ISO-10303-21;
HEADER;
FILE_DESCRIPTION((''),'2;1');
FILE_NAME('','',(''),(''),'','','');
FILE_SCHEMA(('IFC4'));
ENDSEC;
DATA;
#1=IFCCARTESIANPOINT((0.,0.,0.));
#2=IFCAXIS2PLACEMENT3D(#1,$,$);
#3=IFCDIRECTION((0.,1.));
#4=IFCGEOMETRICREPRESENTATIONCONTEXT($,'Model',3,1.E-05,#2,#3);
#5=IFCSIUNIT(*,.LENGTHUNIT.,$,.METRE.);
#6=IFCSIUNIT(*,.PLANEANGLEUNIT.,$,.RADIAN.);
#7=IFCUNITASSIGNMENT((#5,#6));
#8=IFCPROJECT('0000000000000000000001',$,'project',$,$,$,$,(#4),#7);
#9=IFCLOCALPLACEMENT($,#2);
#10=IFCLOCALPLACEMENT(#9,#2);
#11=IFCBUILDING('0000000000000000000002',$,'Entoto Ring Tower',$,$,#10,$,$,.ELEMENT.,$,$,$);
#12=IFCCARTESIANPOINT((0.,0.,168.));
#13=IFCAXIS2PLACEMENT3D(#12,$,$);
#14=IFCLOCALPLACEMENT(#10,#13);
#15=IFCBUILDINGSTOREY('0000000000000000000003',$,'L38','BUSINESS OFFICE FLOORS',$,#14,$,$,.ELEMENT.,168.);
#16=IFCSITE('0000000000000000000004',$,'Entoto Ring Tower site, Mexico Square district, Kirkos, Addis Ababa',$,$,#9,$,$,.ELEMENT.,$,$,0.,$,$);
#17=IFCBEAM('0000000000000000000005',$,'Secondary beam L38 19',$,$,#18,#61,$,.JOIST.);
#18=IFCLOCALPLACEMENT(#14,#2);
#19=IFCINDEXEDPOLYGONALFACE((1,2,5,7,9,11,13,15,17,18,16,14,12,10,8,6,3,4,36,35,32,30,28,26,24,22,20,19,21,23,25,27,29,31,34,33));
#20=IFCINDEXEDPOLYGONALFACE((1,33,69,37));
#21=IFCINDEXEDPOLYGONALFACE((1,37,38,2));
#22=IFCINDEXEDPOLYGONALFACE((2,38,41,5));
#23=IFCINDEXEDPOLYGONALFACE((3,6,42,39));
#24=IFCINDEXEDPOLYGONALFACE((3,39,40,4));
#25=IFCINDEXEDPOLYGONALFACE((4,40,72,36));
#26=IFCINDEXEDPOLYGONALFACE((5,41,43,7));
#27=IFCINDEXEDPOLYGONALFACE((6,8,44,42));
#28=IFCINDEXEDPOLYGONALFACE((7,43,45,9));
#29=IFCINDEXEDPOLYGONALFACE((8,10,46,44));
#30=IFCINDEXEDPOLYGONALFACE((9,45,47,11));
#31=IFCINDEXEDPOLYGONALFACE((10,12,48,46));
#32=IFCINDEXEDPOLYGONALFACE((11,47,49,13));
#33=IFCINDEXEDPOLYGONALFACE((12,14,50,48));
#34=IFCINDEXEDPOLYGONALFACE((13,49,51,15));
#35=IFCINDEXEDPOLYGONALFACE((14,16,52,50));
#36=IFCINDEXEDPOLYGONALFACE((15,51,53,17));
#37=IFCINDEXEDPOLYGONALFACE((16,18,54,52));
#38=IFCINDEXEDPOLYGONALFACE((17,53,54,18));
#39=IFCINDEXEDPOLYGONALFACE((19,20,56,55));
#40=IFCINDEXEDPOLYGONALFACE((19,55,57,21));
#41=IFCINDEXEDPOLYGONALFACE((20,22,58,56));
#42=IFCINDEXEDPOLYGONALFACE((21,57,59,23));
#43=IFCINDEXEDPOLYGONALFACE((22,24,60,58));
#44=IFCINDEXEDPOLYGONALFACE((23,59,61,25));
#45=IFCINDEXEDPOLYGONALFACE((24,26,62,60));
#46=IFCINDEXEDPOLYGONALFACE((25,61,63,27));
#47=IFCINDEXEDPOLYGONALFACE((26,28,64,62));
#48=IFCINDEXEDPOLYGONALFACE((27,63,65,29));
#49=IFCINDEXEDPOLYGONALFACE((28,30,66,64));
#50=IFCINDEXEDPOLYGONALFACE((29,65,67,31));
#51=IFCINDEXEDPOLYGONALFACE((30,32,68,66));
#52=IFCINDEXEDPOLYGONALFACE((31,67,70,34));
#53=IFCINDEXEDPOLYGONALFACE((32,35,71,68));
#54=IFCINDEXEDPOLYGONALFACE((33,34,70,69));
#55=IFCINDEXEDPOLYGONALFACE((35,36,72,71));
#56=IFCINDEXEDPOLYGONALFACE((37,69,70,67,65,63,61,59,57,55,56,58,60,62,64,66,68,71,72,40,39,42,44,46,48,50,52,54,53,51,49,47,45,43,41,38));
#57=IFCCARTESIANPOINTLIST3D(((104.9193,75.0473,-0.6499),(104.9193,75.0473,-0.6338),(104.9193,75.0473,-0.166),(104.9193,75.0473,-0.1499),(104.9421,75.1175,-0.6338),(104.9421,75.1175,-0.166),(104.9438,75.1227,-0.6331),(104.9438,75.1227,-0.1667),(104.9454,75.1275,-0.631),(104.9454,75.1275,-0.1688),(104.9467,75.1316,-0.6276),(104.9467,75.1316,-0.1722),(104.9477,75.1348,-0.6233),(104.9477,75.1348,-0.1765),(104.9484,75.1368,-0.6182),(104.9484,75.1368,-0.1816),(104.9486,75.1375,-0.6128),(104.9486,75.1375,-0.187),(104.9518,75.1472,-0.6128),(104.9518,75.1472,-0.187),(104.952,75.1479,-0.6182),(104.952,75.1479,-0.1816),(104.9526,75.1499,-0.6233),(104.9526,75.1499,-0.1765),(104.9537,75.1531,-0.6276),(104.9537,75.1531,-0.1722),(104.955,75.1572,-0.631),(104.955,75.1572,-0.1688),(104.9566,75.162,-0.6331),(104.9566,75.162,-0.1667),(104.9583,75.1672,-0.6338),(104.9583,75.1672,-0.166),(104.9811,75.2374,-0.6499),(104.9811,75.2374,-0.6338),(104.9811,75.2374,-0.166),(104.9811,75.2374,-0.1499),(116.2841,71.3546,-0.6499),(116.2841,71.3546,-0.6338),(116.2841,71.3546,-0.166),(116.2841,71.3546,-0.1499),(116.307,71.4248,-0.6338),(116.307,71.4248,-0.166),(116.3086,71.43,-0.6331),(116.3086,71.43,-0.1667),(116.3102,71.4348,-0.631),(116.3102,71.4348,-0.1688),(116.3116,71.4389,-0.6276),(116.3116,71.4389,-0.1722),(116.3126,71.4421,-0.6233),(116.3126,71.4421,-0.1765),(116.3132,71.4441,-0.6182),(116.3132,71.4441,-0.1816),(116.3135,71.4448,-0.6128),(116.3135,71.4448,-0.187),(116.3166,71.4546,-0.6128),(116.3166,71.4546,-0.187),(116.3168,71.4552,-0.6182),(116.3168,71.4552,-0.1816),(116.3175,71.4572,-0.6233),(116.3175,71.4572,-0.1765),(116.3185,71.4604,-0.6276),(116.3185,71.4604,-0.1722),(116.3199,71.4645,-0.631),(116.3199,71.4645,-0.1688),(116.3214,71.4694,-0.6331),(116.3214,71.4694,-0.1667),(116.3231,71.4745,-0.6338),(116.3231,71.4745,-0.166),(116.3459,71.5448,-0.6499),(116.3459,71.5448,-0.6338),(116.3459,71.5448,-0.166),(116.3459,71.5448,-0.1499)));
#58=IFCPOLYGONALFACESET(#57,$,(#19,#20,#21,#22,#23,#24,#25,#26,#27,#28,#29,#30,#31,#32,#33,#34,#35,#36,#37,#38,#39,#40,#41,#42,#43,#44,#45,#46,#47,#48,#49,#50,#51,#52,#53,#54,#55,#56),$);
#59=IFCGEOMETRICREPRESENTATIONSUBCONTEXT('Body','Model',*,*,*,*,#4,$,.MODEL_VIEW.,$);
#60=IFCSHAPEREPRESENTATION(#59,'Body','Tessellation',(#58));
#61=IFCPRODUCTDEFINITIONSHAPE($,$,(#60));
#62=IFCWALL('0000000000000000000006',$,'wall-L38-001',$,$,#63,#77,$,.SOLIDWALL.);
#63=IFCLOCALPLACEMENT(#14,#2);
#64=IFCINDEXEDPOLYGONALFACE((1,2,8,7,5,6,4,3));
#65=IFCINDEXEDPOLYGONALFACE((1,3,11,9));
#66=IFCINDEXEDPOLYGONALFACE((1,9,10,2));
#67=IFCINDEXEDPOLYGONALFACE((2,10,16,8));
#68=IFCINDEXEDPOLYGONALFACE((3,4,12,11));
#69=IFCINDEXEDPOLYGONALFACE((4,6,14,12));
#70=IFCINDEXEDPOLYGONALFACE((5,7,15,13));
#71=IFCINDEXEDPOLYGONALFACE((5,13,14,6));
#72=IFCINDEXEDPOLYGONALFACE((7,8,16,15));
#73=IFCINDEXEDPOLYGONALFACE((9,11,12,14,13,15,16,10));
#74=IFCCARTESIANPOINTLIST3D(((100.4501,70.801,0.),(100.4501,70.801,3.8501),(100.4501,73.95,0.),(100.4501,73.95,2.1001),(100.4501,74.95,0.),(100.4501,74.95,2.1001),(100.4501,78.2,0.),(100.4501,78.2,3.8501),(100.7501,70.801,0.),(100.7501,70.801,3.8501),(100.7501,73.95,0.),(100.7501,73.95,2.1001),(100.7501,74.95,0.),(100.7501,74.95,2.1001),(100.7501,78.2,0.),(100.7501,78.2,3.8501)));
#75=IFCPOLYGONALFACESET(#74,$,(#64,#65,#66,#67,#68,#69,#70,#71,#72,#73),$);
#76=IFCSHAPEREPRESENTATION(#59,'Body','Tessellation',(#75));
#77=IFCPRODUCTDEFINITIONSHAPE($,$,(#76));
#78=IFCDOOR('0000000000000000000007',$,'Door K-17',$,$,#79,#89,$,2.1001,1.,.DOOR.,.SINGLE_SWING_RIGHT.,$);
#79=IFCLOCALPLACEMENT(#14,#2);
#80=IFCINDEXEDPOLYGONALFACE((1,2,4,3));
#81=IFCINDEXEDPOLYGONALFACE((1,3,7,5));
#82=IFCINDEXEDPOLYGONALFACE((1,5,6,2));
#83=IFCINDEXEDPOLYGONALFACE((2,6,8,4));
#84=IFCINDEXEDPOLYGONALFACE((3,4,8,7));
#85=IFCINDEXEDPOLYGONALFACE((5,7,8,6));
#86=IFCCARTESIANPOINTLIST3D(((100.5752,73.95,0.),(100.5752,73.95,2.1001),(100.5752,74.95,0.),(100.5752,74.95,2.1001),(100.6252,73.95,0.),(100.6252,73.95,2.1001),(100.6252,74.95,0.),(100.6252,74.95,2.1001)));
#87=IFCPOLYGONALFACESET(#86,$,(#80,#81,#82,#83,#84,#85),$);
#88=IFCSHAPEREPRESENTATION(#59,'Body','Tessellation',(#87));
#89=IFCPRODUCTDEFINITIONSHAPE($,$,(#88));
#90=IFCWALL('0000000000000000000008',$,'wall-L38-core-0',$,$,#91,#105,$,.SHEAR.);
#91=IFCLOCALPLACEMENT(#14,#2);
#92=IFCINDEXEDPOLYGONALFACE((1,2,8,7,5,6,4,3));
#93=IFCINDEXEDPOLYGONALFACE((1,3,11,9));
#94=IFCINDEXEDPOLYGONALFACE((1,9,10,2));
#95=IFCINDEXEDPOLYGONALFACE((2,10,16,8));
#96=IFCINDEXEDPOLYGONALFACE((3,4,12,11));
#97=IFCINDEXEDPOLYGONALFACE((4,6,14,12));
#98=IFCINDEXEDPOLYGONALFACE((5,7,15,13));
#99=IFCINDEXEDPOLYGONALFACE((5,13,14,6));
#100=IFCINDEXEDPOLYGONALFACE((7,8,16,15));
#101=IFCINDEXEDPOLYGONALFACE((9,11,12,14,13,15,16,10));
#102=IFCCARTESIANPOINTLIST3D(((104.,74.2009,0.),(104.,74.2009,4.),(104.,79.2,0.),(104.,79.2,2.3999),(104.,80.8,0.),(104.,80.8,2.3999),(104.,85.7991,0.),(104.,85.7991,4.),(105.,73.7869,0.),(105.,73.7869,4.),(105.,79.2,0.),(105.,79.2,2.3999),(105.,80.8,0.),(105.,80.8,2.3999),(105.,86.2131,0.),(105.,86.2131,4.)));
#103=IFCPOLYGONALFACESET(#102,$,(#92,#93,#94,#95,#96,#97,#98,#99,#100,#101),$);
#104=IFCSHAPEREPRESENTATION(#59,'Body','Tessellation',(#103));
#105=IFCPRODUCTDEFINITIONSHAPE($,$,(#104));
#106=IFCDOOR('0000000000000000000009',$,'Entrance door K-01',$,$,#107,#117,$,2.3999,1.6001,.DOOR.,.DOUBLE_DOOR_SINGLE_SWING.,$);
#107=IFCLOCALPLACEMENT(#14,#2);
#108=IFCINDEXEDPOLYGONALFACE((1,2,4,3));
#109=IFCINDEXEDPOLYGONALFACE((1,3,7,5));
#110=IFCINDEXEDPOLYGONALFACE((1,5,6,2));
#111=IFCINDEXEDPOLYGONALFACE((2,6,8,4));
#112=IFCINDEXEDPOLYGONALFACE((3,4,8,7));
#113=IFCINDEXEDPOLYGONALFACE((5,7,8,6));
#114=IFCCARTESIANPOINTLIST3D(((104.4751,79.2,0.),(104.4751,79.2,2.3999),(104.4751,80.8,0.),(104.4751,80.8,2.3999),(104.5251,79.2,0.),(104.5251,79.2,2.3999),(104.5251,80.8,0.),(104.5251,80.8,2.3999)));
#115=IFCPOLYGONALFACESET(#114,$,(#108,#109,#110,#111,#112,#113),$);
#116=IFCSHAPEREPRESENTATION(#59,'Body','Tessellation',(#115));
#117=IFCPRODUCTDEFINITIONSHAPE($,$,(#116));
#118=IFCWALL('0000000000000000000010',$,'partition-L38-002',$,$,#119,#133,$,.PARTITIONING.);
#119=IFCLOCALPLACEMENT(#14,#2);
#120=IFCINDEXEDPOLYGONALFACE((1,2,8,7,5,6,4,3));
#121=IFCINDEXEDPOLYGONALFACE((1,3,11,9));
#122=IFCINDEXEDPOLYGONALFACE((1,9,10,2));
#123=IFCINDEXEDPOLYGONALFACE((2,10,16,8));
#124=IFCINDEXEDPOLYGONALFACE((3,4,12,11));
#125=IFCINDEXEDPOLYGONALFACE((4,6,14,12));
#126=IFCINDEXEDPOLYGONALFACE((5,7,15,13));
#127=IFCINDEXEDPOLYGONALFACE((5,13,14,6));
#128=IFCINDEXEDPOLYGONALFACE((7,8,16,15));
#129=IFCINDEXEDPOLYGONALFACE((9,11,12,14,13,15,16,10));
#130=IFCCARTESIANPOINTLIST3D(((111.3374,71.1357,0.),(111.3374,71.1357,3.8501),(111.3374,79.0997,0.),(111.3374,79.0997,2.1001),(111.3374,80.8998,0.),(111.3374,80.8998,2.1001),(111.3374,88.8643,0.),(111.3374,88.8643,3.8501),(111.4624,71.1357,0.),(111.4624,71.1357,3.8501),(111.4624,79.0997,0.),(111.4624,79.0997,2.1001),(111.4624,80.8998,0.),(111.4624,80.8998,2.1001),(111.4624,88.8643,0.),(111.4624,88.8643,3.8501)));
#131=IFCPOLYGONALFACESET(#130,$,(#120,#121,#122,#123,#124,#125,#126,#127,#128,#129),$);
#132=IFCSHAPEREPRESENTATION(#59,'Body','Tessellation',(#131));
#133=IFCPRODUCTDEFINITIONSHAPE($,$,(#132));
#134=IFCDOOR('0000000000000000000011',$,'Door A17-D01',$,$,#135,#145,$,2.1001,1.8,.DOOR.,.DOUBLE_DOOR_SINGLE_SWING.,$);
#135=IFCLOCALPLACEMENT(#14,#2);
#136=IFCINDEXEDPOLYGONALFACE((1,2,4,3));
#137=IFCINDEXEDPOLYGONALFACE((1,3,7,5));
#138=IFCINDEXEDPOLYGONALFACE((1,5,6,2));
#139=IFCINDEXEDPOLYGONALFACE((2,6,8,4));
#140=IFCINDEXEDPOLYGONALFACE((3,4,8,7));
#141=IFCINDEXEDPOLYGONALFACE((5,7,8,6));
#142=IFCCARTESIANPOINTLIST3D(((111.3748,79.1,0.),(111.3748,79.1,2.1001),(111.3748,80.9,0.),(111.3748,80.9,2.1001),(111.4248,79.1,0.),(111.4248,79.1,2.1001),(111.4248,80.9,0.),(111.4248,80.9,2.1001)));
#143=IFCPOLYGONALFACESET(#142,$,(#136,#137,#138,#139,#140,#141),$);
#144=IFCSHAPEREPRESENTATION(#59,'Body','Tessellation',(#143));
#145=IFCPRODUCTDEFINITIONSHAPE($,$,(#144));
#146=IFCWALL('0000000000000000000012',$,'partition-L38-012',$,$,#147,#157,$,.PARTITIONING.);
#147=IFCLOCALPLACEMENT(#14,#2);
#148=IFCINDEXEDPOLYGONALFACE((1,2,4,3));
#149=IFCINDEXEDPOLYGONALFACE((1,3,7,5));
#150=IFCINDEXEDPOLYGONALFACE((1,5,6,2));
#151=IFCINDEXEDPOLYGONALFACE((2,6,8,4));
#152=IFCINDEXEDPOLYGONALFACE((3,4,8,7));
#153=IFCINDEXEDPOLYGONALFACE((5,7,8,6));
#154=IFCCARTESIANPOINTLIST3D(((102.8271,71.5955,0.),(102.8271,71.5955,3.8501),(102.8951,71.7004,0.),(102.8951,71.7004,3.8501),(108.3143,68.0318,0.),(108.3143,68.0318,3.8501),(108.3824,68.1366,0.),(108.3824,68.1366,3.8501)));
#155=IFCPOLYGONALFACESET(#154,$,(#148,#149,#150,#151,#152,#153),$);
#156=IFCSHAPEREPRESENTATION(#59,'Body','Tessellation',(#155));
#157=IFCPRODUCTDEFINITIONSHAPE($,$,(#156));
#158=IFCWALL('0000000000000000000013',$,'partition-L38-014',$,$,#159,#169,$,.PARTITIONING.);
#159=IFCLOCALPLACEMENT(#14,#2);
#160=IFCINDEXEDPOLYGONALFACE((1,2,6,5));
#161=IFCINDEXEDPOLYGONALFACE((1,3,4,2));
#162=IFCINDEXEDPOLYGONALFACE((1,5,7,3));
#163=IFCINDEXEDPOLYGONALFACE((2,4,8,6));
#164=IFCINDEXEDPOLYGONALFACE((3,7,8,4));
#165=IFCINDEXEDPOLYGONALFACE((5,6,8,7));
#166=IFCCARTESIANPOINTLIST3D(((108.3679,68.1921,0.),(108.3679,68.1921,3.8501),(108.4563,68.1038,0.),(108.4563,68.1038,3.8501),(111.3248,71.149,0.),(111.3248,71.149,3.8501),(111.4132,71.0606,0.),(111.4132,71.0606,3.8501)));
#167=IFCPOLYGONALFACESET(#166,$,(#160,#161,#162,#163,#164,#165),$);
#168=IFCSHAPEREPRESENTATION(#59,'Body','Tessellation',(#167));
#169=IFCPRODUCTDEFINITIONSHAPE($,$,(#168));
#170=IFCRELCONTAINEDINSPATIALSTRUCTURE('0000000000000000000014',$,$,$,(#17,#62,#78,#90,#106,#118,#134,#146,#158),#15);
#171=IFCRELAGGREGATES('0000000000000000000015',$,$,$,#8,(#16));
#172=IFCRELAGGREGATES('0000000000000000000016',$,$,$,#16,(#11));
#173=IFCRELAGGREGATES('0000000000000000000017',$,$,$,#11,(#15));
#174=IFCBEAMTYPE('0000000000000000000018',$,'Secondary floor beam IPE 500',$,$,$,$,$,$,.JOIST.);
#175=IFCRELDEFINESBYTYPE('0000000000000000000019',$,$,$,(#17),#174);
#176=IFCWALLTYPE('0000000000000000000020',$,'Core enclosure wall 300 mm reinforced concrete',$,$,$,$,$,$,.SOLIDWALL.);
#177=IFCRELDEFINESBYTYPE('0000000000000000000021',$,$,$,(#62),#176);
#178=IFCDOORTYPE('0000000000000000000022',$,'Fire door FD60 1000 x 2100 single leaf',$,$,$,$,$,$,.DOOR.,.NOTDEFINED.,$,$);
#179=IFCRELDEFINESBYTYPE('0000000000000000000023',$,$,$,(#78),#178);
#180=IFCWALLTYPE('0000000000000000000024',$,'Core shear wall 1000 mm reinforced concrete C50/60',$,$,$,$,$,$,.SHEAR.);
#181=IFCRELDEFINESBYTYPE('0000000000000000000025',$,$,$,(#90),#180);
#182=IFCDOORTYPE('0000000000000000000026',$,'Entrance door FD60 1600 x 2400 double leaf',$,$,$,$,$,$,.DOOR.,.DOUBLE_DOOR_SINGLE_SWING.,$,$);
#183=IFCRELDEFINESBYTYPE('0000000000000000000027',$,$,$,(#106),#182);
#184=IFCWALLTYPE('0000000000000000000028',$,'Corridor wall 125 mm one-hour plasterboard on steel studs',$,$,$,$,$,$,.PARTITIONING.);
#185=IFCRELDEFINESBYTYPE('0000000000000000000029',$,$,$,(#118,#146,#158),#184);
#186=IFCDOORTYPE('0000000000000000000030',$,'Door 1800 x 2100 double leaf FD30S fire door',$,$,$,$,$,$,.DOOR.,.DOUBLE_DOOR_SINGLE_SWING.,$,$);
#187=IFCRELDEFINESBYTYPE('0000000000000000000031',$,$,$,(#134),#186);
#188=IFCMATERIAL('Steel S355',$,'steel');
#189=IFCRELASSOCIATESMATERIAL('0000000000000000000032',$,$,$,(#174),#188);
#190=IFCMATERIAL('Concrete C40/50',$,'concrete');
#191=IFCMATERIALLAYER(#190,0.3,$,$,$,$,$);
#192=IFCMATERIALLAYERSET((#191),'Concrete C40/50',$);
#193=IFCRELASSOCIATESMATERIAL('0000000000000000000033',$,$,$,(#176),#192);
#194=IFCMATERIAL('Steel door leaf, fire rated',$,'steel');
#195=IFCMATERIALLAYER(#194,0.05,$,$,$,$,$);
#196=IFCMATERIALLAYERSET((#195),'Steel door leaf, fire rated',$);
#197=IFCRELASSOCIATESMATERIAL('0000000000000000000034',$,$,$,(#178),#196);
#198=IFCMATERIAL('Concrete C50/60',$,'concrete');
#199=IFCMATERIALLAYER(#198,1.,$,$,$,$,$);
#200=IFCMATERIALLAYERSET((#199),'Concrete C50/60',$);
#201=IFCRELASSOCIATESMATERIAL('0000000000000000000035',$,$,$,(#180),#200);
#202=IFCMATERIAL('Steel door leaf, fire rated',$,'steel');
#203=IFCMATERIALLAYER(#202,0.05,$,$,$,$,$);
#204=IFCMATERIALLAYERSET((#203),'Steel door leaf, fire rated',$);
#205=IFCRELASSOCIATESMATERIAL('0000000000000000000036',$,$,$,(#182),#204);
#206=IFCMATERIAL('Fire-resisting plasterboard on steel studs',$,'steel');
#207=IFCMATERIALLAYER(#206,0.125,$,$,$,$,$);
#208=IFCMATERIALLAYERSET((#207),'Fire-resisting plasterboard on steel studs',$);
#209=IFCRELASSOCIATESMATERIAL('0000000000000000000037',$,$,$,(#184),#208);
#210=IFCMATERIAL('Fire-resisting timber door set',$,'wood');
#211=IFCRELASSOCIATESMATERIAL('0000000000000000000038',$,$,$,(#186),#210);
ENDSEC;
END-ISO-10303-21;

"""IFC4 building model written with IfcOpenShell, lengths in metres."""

from ifc_helpers import new_model, si_unit, direction, frame, frame_2d, origin, origin_2d, place, context, subcontext, project, spatial, polyline, rectangle, i_section, outline, extrude, material, layer, layer_set, material_profile, profile_set, type_object, element, fill, save


model = new_model("IFC4")

# Units and contexts
model_context = context("Model", 3, precision=1e-05, world=origin(), true_north=direction((0.0, 1.0)))
body_context = subcontext(model_context, "Body", "Model", "MODEL_VIEW")
ifc_project = project(units=[si_unit("LENGTHUNIT", "METRE"), si_unit("PLANEANGLEUNIT", "RADIAN")], contexts=[model_context])

# Site, building, storey
site_placement = place(None, origin())
site = spatial("IfcSite", under=ifc_project, at=site_placement, Name="Entoto Ring Tower site, Mexico Square district, Kirkos, Addis Ababa", CompositionType="ELEMENT", RefElevation=0.0)
building_placement = place(site_placement, origin())
building = spatial("IfcBuilding", under=site, at=building_placement, Name="Entoto Ring Tower", CompositionType="ELEMENT")
storey_placement = place(building_placement, frame((0.0, 0.0, 168.0)))
storey = spatial("IfcBuildingStorey", under=building, at=storey_placement, Name="L38", Description="BUSINESS OFFICE FLOORS", CompositionType="ELEMENT", Elevation=168.0)

# Beam
ifc_material_1 = material(Name="Steel S355", Category="steel")
ifc_material_profile_1 = material_profile(ifc_material_1, i_section(OverallWidth=0.2, OverallDepth=0.5, WebThickness=0.0103, FlangeThickness=0.0161, FilletRadius=0.021, at=origin_2d()), Name="IPE 500")
ifc_profile_set_1 = profile_set([ifc_material_profile_1], Name="Steel S355")
beam_type_1 = type_object("IfcBeamType", Name="Secondary floor beam IPE 500", PredefinedType="JOIST", material=ifc_profile_set_1)
beam_1_placement = place(storey_placement, frame((104.9502, 75.1423, -0.3999), z_axis=(0.951057, -0.309017, 0.0), x_axis=(0.309017, 0.951057, 0.0)))
element("IfcBeam", 1, at=beam_1_placement, inside=storey, type_object=beam_type_1, Name="Secondary beam L38 19", PredefinedType="JOIST", context=body_context, shape_type="SweptSolid", body=[
    extrude(i_section(OverallWidth=0.2, OverallDepth=0.5, WebThickness=0.0103, FlangeThickness=0.0161, FilletRadius=0.021, at=origin_2d()), origin(), (0.0, 0.0, 1.0), 11.9497),
])

# Walls, openings, doors
ifc_material_2 = material(Name="Concrete C40/50", Category="concrete")
ifc_layer_1 = layer(ifc_material_2, 0.3)
ifc_layer_set_1 = layer_set([ifc_layer_1], Name="Concrete C40/50")
wall_type_1 = type_object("IfcWallType", Name="Core enclosure wall 300 mm reinforced concrete", PredefinedType="SOLIDWALL", material=ifc_layer_set_1)
wall_1_placement = place(storey_placement, frame((100.6001, 70.801, 0.0), z_axis=(0.0, 0.0, 1.0), x_axis=(0.0, 1.0, 0.0)))
wall_1 = element("IfcWall", 2, at=wall_1_placement, inside=storey, type_object=wall_type_1, Name="wall-L38-001", PredefinedType="SOLIDWALL", context=body_context, shape_type="SweptSolid", body=[
    extrude(rectangle(XDim=7.3989, YDim=0.3, at=frame_2d((3.6995, 0.0))), origin(), (0.0, 0.0, 1.0), 3.8501),
])
opening_1_placement = place(wall_1_placement, frame((3.1489, 0.0, 0.0)))
opening_1 = element("IfcOpeningElement", 3, at=opening_1_placement, cuts=wall_1, PredefinedType="OPENING", context=body_context, shape_type="SweptSolid", body=[
    extrude(rectangle(XDim=1.0, YDim=2.1001, at=frame_2d((0.5, 1.05))), frame((0.0, 0.1602, 0.0), z_axis=(0.0, -1.0, 0.0), x_axis=(1.0, 0.0, 0.0)), (0.0, 0.0, 1.0), 0.3201),
])
ifc_material_3 = material(Name="Steel door leaf, fire rated", Category="steel")
ifc_layer_2 = layer(ifc_material_3, 0.05)
ifc_layer_set_2 = layer_set([ifc_layer_2], Name="Steel door leaf, fire rated")
door_type_1 = type_object("IfcDoorType", Name="Fire door FD60 1000 x 2100 single leaf", OperationType="NOTDEFINED", PredefinedType="DOOR", material=ifc_layer_set_2)
door_1_placement = place(opening_1_placement, origin())
door_1 = element("IfcDoor", 4, at=door_1_placement, inside=storey, type_object=door_type_1, Name="Door K-17", OperationType="SINGLE_SWING_RIGHT", OverallHeight=2.1001, OverallWidth=1.0, PredefinedType="DOOR", context=body_context, shape_type="SweptSolid", body=[
    extrude(rectangle(XDim=1.0, YDim=2.1001, at=frame_2d((0.5, 1.05))), frame((0.0, 0.0249, 0.0), z_axis=(0.0, -1.0, 0.0), x_axis=(1.0, 0.0, 0.0)), (0.0, 0.0, 1.0), 0.05),
])
fill(opening_1, door_1)
ifc_material_4 = material(Name="Concrete C50/60", Category="concrete")
ifc_layer_3 = layer(ifc_material_4, 1.0)
ifc_layer_set_3 = layer_set([ifc_layer_3], Name="Concrete C50/60")
wall_type_2 = type_object("IfcWallType", Name="Core shear wall 1000 mm reinforced concrete C50/60", PredefinedType="SHEAR", material=ifc_layer_set_3)
wall_2_placement = place(storey_placement, frame((104.5, 73.9939, 0.0), z_axis=(0.0, 0.0, 1.0), x_axis=(0.0, 1.0, 0.0)))
wall_2 = element("IfcWall", 5, at=wall_2_placement, inside=storey, type_object=wall_type_2, Name="wall-L38-core-0", PredefinedType="SHEAR", context=body_context, shape_type="SweptSolid", body=[
    extrude(outline(polyline([(-0.207, -0.5), (12.2192, -0.5), (11.8052, 0.5), (0.207, 0.5), (-0.207, -0.5)])), origin(), (0.0, 0.0, 1.0), 4.0),
])
opening_2_placement = place(wall_2_placement, frame((5.2061, 0.0, 0.0)))
opening_2 = element("IfcOpeningElement", 6, at=opening_2_placement, cuts=wall_2, PredefinedType="OPENING", context=body_context, shape_type="SweptSolid", body=[
    extrude(rectangle(XDim=1.6001, YDim=2.3999, at=frame_2d((0.8, 1.2))), frame((0.0, 0.51, 0.0), z_axis=(0.0, -1.0, 0.0), x_axis=(1.0, 0.0, 0.0)), (0.0, 0.0, 1.0), 1.02),
])
ifc_material_5 = material(Name="Steel door leaf, fire rated", Category="steel")
ifc_layer_4 = layer(ifc_material_5, 0.05)
ifc_layer_set_4 = layer_set([ifc_layer_4], Name="Steel door leaf, fire rated")
door_type_2 = type_object("IfcDoorType", Name="Entrance door FD60 1600 x 2400 double leaf", OperationType="DOUBLE_DOOR_SINGLE_SWING", PredefinedType="DOOR", material=ifc_layer_set_4)
door_2_placement = place(opening_2_placement, origin())
door_2 = element("IfcDoor", 7, at=door_2_placement, inside=storey, type_object=door_type_2, Name="Entrance door K-01", OperationType="DOUBLE_DOOR_SINGLE_SWING", OverallHeight=2.3999, OverallWidth=1.6001, PredefinedType="DOOR", context=body_context, shape_type="SweptSolid", body=[
    extrude(rectangle(XDim=1.6001, YDim=2.3999, at=frame_2d((0.8, 1.2))), frame((0.0, 0.0249, 0.0), z_axis=(0.0, -1.0, 0.0), x_axis=(1.0, 0.0, 0.0)), (0.0, 0.0, 1.0), 0.05),
])
fill(opening_2, door_2)
ifc_material_6 = material(Name="Fire-resisting plasterboard on steel studs", Category="steel")
ifc_layer_5 = layer(ifc_material_6, 0.125)
ifc_layer_set_5 = layer_set([ifc_layer_5], Name="Fire-resisting plasterboard on steel studs")
wall_type_3 = type_object("IfcWallType", Name="Corridor wall 125 mm one-hour plasterboard on steel studs", PredefinedType="PARTITIONING", material=ifc_layer_set_5)
wall_3_placement = place(storey_placement, frame((111.3999, 71.1357, 0.0), z_axis=(0.0, 0.0, 1.0), x_axis=(0.0, 1.0, 0.0)))
wall_3 = element("IfcWall", 8, at=wall_3_placement, inside=storey, type_object=wall_type_3, Name="partition-L38-002", PredefinedType="PARTITIONING", context=body_context, shape_type="SweptSolid", body=[
    extrude(rectangle(XDim=17.7285, YDim=0.125, at=frame_2d((8.8643, 0.0))), origin(), (0.0, 0.0, 1.0), 3.8501),
])
opening_3_placement = place(wall_3_placement, frame((7.9641, 0.0, 0.0)))
opening_3 = element("IfcOpeningElement", 9, at=opening_3_placement, cuts=wall_3, PredefinedType="OPENING", context=body_context, shape_type="SweptSolid", body=[
    extrude(rectangle(XDim=1.8, YDim=2.1001, at=frame_2d((0.8999, 1.05))), frame((0.0, 0.0725, 0.0), z_axis=(0.0, -1.0, 0.0), x_axis=(1.0, 0.0, 0.0)), (0.0, 0.0, 1.0), 0.145),
])
ifc_material_7 = material(Name="Fire-resisting timber door set", Category="wood")
door_type_3 = type_object("IfcDoorType", Name="Door 1800 x 2100 double leaf FD30S fire door", OperationType="DOUBLE_DOOR_SINGLE_SWING", PredefinedType="DOOR", material=ifc_material_7)
door_3_placement = place(opening_3_placement, frame((1.8, 0.0, 0.0), z_axis=(0.0, 0.0, 1.0), x_axis=(-1.0, 0.0, 0.0)))
door_3 = element("IfcDoor", 10, at=door_3_placement, inside=storey, type_object=door_type_3, Name="Door A17-D01", OperationType="DOUBLE_DOOR_SINGLE_SWING", OverallHeight=2.1001, OverallWidth=1.8, PredefinedType="DOOR", context=body_context, shape_type="SweptSolid", body=[
    extrude(rectangle(XDim=1.8, YDim=2.1001, at=frame_2d((0.8999, 1.05))), frame((0.0, 0.0249, 0.0), z_axis=(0.0, -1.0, 0.0), x_axis=(1.0, 0.0, 0.0)), (0.0, 0.0, 1.0), 0.05),
])
fill(opening_3, door_3)

# Walls
wall_4_placement = place(storey_placement, frame((108.3484, 68.0842, 0.0), z_axis=(0.0, 0.0, 1.0), x_axis=(-0.838655, 0.544663, 0.0)))
element("IfcWall", 11, at=wall_4_placement, inside=storey, type_object=wall_type_3, Name="partition-L38-012", PredefinedType="PARTITIONING", context=body_context, shape_type="SweptSolid", body=[
    extrude(rectangle(XDim=6.543, YDim=0.125, at=frame_2d((3.2715, 0.0))), origin(), (0.0, 0.0, 1.0), 3.8501),
])
wall_5_placement = place(storey_placement, frame((108.4121, 68.1479, 0.0), z_axis=(0.0, 0.0, 1.0), x_axis=(0.707107, 0.707107, 0.0)))
element("IfcWall", 12, at=wall_5_placement, inside=storey, type_object=wall_type_3, Name="partition-L38-014", PredefinedType="PARTITIONING", context=body_context, shape_type="SweptSolid", body=[
    extrude(rectangle(XDim=4.1816, YDim=0.125, at=frame_2d((2.0908, 0.0))), origin(), (0.0, 0.0, 1.0), 3.8501),
])

save(model, "model.ifc")
